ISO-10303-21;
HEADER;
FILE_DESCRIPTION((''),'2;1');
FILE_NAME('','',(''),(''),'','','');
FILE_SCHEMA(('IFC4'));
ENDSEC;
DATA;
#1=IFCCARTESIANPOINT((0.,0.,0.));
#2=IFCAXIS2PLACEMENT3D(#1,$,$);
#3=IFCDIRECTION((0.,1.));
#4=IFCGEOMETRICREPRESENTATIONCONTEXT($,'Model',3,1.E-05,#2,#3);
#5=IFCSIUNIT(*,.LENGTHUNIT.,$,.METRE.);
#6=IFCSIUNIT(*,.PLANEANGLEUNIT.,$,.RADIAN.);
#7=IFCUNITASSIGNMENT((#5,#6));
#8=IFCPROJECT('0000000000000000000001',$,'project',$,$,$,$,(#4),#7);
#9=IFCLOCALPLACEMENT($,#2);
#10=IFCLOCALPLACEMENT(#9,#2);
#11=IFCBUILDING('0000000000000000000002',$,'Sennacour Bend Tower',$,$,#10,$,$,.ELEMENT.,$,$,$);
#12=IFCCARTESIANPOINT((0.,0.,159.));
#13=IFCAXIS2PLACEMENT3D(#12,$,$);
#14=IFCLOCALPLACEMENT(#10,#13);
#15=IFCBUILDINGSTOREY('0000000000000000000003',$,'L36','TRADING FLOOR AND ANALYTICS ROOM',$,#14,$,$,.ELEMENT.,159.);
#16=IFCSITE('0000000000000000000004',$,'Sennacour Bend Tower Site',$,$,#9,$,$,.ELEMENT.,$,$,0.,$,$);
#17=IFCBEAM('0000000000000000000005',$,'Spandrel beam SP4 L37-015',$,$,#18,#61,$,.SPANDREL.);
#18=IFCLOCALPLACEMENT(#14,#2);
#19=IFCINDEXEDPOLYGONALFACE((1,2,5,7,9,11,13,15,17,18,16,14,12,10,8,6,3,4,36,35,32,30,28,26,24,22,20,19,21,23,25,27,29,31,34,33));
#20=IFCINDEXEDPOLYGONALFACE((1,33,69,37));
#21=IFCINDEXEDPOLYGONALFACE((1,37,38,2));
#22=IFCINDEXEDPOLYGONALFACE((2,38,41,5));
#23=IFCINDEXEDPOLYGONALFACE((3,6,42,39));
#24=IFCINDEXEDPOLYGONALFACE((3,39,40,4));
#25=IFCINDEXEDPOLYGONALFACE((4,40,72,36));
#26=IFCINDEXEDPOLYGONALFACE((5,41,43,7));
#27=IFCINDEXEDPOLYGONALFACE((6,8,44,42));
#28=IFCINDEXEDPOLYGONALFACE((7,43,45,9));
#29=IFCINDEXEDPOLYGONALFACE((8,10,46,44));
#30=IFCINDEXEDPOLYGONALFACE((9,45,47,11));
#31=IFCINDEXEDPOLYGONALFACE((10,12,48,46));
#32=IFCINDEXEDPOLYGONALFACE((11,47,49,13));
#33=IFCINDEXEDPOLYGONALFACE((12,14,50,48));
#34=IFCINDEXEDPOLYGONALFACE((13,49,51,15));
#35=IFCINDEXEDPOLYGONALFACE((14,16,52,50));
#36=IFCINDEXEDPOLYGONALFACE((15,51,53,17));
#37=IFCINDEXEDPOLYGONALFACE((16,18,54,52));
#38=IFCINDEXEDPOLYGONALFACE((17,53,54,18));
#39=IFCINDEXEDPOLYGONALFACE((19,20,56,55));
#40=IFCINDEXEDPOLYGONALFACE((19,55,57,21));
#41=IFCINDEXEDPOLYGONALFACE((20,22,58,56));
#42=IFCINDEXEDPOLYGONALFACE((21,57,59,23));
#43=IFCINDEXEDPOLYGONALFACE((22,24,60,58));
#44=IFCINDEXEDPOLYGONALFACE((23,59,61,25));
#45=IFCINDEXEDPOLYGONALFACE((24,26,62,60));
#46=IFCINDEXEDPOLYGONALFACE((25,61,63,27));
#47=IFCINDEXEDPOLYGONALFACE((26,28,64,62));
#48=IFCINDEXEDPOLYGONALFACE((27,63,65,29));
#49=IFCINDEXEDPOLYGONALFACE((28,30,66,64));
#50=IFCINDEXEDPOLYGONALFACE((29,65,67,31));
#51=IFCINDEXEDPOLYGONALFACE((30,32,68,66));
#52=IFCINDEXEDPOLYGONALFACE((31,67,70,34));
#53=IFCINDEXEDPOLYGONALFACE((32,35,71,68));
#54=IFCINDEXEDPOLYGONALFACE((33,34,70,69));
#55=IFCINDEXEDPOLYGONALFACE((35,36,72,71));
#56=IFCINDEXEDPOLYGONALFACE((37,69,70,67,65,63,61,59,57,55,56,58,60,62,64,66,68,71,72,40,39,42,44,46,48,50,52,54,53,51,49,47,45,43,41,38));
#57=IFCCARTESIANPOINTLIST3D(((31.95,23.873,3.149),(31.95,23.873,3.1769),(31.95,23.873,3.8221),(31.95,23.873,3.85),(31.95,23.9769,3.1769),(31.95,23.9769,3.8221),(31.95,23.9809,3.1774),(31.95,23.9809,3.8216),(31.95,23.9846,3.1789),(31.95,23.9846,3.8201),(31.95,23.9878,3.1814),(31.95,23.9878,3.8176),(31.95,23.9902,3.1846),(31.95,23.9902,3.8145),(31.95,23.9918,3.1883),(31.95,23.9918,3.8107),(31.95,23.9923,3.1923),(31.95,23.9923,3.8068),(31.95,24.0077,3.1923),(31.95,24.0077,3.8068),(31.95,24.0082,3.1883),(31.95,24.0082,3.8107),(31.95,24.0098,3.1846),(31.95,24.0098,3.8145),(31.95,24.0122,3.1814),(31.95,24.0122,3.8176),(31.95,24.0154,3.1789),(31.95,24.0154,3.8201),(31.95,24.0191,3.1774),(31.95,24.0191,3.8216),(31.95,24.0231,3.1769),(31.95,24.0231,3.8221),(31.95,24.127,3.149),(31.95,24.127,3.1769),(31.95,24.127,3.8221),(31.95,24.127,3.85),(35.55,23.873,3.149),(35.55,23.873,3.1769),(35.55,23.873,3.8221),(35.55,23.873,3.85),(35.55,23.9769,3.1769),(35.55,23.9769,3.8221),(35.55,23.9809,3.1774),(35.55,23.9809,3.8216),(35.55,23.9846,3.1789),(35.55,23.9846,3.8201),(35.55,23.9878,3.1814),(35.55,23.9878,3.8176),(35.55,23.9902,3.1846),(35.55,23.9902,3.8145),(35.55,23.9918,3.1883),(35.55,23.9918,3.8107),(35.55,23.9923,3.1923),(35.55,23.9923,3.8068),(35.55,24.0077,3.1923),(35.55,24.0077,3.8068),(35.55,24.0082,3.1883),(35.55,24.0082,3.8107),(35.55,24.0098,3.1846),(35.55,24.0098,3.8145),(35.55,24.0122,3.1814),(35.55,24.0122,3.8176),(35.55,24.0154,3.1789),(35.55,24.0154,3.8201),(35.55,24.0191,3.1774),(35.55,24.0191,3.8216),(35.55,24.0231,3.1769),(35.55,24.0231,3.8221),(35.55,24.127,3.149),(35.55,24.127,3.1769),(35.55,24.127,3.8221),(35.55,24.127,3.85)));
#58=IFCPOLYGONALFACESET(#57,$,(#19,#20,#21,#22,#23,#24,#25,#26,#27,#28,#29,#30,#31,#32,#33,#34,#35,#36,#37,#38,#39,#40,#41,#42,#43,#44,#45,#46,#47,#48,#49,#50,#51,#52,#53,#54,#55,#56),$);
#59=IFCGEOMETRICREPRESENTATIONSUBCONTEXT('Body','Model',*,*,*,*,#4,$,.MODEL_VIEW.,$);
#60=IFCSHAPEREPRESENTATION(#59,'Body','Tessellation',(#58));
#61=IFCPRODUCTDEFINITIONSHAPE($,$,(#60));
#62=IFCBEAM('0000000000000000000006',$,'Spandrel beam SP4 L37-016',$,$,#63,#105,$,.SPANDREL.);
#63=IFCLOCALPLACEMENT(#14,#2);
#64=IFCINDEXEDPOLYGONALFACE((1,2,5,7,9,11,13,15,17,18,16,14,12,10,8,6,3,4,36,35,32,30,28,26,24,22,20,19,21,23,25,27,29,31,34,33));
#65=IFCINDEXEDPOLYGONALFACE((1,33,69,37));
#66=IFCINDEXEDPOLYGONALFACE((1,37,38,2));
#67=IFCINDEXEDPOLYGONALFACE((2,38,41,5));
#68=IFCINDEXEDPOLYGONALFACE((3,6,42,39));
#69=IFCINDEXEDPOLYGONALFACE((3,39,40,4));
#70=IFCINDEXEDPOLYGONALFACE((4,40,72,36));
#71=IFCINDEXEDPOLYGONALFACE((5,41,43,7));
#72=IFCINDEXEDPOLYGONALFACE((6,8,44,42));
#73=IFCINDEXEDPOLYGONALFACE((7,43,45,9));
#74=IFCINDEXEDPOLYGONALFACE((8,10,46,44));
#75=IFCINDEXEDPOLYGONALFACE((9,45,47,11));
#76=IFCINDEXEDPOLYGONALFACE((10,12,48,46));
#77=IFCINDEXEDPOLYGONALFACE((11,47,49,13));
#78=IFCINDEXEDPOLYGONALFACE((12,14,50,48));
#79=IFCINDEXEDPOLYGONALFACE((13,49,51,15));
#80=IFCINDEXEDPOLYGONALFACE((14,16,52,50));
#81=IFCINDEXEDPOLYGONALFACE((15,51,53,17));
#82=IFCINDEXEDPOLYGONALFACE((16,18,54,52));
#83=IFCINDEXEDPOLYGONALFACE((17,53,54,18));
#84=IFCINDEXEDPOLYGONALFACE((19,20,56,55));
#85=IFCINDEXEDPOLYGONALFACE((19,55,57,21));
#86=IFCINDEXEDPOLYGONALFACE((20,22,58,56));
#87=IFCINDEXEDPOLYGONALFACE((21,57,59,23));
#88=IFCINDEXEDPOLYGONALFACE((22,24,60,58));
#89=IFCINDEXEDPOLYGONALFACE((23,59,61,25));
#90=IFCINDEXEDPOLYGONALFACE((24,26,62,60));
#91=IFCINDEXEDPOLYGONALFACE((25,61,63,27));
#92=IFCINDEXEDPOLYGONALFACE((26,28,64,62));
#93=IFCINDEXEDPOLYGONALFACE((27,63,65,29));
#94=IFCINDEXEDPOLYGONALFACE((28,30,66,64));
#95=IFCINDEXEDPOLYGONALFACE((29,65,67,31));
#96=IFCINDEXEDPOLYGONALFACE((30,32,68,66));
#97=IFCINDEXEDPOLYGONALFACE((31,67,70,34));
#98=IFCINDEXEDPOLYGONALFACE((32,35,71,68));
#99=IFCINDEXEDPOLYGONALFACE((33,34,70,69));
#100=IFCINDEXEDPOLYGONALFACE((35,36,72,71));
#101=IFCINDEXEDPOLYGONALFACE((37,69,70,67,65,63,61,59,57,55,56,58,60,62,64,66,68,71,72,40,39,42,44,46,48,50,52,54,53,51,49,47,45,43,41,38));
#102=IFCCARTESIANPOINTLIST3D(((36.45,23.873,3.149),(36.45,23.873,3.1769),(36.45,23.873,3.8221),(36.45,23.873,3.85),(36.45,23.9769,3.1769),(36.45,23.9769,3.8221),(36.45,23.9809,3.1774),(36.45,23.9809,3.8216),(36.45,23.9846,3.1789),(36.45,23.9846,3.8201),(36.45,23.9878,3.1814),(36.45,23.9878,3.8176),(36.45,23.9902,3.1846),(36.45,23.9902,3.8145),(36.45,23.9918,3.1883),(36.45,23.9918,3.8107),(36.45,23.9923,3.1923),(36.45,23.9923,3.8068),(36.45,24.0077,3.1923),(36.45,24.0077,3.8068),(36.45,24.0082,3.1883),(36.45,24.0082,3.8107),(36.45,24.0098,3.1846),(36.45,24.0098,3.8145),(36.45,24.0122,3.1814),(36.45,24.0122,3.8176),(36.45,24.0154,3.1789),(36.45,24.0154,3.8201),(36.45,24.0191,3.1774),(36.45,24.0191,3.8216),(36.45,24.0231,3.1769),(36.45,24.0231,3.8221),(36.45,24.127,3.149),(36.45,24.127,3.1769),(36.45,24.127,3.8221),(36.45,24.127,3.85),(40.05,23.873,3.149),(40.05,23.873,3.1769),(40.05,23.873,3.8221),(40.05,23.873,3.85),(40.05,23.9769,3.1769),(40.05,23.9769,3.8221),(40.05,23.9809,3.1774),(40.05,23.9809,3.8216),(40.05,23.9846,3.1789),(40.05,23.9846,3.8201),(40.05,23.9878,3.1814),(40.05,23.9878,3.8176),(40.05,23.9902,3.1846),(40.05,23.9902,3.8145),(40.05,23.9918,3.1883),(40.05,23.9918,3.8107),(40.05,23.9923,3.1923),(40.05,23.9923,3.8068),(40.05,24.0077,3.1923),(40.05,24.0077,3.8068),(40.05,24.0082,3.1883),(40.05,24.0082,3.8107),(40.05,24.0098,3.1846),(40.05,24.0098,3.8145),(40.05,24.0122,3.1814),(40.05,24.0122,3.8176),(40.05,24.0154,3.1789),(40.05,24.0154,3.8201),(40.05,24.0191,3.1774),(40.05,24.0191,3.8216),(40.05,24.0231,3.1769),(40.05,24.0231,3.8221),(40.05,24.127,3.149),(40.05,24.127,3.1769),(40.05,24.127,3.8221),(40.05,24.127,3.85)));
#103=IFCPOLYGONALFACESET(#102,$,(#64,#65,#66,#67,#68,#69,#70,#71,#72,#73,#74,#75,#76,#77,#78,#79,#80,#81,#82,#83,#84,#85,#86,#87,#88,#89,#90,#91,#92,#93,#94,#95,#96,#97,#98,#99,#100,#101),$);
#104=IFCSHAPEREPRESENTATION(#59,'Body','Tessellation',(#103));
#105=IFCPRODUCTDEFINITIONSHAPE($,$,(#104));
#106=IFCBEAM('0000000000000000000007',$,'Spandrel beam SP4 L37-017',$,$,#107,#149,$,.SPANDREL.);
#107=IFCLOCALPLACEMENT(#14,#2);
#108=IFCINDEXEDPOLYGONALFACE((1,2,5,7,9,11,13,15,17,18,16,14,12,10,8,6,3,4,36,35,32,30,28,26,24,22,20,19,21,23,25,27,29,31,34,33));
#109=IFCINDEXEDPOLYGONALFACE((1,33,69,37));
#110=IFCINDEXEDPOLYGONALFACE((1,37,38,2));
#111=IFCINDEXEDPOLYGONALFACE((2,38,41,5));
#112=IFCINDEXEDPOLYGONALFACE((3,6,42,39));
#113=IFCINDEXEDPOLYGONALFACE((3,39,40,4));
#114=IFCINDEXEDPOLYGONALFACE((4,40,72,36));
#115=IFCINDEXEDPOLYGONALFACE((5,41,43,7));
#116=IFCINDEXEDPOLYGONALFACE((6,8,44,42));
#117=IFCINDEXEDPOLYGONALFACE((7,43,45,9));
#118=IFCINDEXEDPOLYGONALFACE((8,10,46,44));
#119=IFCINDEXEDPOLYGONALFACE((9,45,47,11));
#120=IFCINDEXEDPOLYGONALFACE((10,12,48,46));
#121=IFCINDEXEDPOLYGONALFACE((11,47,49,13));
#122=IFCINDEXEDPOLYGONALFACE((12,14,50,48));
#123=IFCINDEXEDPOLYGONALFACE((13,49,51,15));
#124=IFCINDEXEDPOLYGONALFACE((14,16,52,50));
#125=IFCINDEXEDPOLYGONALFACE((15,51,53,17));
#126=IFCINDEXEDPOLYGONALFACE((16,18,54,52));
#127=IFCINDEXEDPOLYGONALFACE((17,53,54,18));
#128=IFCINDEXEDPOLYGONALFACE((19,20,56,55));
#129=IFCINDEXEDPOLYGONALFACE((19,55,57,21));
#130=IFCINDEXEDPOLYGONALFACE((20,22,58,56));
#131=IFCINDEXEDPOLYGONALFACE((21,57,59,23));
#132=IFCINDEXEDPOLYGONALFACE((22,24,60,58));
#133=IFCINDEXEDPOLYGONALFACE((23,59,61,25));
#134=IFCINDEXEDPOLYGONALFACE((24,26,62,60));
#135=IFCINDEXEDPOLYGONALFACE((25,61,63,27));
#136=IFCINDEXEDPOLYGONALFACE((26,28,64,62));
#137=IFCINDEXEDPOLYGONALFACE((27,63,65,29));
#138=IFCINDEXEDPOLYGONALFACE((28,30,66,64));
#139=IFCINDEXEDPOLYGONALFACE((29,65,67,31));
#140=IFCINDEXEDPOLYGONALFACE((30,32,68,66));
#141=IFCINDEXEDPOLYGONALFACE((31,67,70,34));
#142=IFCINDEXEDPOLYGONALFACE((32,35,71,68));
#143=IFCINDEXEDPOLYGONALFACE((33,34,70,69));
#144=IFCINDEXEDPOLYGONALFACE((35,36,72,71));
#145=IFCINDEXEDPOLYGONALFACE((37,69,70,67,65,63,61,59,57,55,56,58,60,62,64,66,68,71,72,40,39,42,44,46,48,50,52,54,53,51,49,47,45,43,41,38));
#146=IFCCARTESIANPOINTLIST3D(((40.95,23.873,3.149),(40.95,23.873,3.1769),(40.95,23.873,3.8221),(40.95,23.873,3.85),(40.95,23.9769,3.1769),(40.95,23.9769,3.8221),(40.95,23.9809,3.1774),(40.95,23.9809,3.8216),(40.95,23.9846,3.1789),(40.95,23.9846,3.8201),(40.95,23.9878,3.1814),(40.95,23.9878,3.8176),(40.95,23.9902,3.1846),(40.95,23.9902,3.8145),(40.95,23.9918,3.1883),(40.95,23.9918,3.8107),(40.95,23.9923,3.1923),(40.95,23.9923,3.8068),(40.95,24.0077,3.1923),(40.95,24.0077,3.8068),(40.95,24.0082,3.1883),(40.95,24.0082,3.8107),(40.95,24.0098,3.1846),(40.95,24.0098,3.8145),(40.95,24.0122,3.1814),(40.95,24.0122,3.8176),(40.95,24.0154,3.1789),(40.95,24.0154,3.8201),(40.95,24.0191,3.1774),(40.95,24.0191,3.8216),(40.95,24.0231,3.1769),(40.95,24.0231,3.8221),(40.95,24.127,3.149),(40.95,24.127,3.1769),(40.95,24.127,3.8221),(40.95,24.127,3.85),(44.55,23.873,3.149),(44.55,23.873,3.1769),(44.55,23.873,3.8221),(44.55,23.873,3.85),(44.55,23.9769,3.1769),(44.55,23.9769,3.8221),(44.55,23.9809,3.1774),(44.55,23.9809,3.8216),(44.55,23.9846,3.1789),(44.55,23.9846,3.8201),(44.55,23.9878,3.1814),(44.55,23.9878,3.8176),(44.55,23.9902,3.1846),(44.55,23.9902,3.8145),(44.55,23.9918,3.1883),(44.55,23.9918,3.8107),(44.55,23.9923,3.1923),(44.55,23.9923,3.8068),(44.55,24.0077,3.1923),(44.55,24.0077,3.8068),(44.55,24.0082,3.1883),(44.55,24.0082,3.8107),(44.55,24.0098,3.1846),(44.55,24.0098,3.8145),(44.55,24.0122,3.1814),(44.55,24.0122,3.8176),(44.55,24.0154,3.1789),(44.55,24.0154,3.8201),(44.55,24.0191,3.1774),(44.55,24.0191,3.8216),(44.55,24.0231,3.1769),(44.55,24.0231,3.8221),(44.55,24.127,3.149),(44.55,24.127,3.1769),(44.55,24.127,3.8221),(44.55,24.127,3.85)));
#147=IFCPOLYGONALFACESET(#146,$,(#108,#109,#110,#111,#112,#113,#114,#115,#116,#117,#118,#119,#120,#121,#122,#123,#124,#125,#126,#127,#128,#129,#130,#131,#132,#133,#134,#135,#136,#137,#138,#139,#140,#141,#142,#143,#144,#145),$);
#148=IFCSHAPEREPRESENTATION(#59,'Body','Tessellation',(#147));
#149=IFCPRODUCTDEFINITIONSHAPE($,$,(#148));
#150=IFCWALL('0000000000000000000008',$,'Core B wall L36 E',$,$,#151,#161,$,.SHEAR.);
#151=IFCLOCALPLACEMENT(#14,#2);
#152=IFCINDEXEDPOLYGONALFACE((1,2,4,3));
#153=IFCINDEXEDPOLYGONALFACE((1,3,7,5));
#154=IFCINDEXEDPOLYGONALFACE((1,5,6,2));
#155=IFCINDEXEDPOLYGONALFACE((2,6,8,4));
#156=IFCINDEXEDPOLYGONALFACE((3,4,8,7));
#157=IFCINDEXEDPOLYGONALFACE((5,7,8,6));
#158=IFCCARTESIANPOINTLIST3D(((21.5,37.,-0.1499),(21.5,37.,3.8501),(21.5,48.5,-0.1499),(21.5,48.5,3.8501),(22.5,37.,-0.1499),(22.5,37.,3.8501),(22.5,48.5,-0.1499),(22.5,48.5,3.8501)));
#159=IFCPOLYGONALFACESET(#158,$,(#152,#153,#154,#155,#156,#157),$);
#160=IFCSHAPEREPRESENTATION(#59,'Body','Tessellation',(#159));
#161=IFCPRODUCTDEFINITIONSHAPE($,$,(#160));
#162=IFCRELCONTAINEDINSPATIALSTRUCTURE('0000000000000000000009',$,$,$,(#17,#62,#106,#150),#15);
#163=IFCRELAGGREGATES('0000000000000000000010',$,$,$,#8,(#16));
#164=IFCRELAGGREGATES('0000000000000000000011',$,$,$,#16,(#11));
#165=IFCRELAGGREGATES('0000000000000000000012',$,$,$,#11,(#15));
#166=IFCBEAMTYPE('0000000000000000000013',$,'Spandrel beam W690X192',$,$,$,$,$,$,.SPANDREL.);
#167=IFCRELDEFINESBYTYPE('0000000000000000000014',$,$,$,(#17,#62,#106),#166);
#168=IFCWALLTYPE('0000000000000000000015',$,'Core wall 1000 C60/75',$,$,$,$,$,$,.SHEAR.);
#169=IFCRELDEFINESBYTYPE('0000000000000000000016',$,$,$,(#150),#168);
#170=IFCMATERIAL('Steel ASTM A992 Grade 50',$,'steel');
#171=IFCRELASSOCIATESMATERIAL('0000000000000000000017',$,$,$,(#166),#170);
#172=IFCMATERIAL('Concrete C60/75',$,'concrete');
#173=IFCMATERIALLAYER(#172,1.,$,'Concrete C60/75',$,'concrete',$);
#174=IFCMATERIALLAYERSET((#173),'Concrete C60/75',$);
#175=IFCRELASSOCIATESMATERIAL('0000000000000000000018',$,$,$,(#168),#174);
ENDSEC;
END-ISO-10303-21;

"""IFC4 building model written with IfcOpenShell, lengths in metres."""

from ifc_helpers import new_model, si_unit, direction, frame, frame_2d, origin, origin_2d, place, context, subcontext, project, spatial, rectangle, i_section, extrude, material, layer, layer_set, material_profile, profile_set, type_object, element, save


model = new_model("IFC4")

# Units and contexts
model_context = context("Model", 3, precision=1e-05, world=origin(), true_north=direction((0.0, 1.0)))
body_context = subcontext(model_context, "Body", "Model", "MODEL_VIEW")
ifc_project = project(units=[si_unit("LENGTHUNIT", "METRE"), si_unit("PLANEANGLEUNIT", "RADIAN")], contexts=[model_context])

# Site, building, storey
site_placement = place(None, origin())
site = spatial("IfcSite", under=ifc_project, at=site_placement, Name="Sennacour Bend Tower Site", CompositionType="ELEMENT", RefElevation=0.0)
building_placement = place(site_placement, origin())
building = spatial("IfcBuilding", under=site, at=building_placement, Name="Sennacour Bend Tower", CompositionType="ELEMENT")
storey_placement = place(building_placement, frame((0.0, 0.0, 159.0)))
storey = spatial("IfcBuildingStorey", under=building, at=storey_placement, Name="L36", Description="TRADING FLOOR AND ANALYTICS ROOM", CompositionType="ELEMENT", Elevation=159.0)

# Beams
ifc_material_1 = material(Name="Steel ASTM A992 Grade 50", Category="steel")
ifc_material_profile_1 = material_profile(ifc_material_1, i_section(OverallWidth=0.2539, OverallDepth=0.7009, WebThickness=0.0154, FlangeThickness=0.0278, FilletRadius=0.0154, at=origin_2d()), Name="Steel ASTM A992 Grade 50", Category="steel")
ifc_profile_set_1 = profile_set([ifc_material_profile_1], Name="Steel ASTM A992 Grade 50")
beam_type = type_object("IfcBeamType", Name="Spandrel beam W690X192", PredefinedType="SPANDREL", material=ifc_profile_set_1)
for number, where, z_axis, x_axis, name in (
    (1, (31.95, 24.0, 3.4995), (1.0, 0.0, 0.0), (0.0, 1.0, 0.0), "Spandrel beam SP4 L37-015"),
    (2, (36.45, 24.0, 3.4995), (1.0, 0.0, 0.0), (0.0, 1.0, 0.0), "Spandrel beam SP4 L37-016"),
    (3, (40.95, 24.0, 3.4995), (1.0, 0.0, 0.0), (0.0, 1.0, 0.0), "Spandrel beam SP4 L37-017"),
):
    element("IfcBeam", number, at=place(storey_placement, frame(where, z_axis=z_axis, x_axis=x_axis)), inside=storey, type_object=beam_type, Name=name, PredefinedType="SPANDREL", context=body_context, shape_type="SweptSolid", body=[
        extrude(i_section(OverallWidth=0.2539, OverallDepth=0.7009, WebThickness=0.0154, FlangeThickness=0.0278, FilletRadius=0.0154, at=origin_2d()), origin(), (0.0, 0.0, 1.0), 3.6001),
    ])

# Wall
ifc_material_2 = material(Name="Concrete C60/75", Category="concrete")
ifc_layer_1 = layer(ifc_material_2, 1.0, Name="Concrete C60/75", Category="concrete")
ifc_layer_set_1 = layer_set([ifc_layer_1], Name="Concrete C60/75")
wall_type_1 = type_object("IfcWallType", Name="Core wall 1000 C60/75", PredefinedType="SHEAR", material=ifc_layer_set_1)
wall_1_placement = place(storey_placement, frame((22.0, 37.0, -0.1499), z_axis=(0.0, 0.0, 1.0), x_axis=(0.0, 1.0, 0.0)))
element("IfcWall", 4, at=wall_1_placement, inside=storey, type_object=wall_type_1, Name="Core B wall L36 E", PredefinedType="SHEAR", context=body_context, shape_type="SweptSolid", body=[
    extrude(rectangle(XDim=11.5, YDim=1.0, at=frame_2d((5.75, 0.0))), origin(), (0.0, 0.0, 1.0), 4.0),
])

save(model, "model.ifc")
